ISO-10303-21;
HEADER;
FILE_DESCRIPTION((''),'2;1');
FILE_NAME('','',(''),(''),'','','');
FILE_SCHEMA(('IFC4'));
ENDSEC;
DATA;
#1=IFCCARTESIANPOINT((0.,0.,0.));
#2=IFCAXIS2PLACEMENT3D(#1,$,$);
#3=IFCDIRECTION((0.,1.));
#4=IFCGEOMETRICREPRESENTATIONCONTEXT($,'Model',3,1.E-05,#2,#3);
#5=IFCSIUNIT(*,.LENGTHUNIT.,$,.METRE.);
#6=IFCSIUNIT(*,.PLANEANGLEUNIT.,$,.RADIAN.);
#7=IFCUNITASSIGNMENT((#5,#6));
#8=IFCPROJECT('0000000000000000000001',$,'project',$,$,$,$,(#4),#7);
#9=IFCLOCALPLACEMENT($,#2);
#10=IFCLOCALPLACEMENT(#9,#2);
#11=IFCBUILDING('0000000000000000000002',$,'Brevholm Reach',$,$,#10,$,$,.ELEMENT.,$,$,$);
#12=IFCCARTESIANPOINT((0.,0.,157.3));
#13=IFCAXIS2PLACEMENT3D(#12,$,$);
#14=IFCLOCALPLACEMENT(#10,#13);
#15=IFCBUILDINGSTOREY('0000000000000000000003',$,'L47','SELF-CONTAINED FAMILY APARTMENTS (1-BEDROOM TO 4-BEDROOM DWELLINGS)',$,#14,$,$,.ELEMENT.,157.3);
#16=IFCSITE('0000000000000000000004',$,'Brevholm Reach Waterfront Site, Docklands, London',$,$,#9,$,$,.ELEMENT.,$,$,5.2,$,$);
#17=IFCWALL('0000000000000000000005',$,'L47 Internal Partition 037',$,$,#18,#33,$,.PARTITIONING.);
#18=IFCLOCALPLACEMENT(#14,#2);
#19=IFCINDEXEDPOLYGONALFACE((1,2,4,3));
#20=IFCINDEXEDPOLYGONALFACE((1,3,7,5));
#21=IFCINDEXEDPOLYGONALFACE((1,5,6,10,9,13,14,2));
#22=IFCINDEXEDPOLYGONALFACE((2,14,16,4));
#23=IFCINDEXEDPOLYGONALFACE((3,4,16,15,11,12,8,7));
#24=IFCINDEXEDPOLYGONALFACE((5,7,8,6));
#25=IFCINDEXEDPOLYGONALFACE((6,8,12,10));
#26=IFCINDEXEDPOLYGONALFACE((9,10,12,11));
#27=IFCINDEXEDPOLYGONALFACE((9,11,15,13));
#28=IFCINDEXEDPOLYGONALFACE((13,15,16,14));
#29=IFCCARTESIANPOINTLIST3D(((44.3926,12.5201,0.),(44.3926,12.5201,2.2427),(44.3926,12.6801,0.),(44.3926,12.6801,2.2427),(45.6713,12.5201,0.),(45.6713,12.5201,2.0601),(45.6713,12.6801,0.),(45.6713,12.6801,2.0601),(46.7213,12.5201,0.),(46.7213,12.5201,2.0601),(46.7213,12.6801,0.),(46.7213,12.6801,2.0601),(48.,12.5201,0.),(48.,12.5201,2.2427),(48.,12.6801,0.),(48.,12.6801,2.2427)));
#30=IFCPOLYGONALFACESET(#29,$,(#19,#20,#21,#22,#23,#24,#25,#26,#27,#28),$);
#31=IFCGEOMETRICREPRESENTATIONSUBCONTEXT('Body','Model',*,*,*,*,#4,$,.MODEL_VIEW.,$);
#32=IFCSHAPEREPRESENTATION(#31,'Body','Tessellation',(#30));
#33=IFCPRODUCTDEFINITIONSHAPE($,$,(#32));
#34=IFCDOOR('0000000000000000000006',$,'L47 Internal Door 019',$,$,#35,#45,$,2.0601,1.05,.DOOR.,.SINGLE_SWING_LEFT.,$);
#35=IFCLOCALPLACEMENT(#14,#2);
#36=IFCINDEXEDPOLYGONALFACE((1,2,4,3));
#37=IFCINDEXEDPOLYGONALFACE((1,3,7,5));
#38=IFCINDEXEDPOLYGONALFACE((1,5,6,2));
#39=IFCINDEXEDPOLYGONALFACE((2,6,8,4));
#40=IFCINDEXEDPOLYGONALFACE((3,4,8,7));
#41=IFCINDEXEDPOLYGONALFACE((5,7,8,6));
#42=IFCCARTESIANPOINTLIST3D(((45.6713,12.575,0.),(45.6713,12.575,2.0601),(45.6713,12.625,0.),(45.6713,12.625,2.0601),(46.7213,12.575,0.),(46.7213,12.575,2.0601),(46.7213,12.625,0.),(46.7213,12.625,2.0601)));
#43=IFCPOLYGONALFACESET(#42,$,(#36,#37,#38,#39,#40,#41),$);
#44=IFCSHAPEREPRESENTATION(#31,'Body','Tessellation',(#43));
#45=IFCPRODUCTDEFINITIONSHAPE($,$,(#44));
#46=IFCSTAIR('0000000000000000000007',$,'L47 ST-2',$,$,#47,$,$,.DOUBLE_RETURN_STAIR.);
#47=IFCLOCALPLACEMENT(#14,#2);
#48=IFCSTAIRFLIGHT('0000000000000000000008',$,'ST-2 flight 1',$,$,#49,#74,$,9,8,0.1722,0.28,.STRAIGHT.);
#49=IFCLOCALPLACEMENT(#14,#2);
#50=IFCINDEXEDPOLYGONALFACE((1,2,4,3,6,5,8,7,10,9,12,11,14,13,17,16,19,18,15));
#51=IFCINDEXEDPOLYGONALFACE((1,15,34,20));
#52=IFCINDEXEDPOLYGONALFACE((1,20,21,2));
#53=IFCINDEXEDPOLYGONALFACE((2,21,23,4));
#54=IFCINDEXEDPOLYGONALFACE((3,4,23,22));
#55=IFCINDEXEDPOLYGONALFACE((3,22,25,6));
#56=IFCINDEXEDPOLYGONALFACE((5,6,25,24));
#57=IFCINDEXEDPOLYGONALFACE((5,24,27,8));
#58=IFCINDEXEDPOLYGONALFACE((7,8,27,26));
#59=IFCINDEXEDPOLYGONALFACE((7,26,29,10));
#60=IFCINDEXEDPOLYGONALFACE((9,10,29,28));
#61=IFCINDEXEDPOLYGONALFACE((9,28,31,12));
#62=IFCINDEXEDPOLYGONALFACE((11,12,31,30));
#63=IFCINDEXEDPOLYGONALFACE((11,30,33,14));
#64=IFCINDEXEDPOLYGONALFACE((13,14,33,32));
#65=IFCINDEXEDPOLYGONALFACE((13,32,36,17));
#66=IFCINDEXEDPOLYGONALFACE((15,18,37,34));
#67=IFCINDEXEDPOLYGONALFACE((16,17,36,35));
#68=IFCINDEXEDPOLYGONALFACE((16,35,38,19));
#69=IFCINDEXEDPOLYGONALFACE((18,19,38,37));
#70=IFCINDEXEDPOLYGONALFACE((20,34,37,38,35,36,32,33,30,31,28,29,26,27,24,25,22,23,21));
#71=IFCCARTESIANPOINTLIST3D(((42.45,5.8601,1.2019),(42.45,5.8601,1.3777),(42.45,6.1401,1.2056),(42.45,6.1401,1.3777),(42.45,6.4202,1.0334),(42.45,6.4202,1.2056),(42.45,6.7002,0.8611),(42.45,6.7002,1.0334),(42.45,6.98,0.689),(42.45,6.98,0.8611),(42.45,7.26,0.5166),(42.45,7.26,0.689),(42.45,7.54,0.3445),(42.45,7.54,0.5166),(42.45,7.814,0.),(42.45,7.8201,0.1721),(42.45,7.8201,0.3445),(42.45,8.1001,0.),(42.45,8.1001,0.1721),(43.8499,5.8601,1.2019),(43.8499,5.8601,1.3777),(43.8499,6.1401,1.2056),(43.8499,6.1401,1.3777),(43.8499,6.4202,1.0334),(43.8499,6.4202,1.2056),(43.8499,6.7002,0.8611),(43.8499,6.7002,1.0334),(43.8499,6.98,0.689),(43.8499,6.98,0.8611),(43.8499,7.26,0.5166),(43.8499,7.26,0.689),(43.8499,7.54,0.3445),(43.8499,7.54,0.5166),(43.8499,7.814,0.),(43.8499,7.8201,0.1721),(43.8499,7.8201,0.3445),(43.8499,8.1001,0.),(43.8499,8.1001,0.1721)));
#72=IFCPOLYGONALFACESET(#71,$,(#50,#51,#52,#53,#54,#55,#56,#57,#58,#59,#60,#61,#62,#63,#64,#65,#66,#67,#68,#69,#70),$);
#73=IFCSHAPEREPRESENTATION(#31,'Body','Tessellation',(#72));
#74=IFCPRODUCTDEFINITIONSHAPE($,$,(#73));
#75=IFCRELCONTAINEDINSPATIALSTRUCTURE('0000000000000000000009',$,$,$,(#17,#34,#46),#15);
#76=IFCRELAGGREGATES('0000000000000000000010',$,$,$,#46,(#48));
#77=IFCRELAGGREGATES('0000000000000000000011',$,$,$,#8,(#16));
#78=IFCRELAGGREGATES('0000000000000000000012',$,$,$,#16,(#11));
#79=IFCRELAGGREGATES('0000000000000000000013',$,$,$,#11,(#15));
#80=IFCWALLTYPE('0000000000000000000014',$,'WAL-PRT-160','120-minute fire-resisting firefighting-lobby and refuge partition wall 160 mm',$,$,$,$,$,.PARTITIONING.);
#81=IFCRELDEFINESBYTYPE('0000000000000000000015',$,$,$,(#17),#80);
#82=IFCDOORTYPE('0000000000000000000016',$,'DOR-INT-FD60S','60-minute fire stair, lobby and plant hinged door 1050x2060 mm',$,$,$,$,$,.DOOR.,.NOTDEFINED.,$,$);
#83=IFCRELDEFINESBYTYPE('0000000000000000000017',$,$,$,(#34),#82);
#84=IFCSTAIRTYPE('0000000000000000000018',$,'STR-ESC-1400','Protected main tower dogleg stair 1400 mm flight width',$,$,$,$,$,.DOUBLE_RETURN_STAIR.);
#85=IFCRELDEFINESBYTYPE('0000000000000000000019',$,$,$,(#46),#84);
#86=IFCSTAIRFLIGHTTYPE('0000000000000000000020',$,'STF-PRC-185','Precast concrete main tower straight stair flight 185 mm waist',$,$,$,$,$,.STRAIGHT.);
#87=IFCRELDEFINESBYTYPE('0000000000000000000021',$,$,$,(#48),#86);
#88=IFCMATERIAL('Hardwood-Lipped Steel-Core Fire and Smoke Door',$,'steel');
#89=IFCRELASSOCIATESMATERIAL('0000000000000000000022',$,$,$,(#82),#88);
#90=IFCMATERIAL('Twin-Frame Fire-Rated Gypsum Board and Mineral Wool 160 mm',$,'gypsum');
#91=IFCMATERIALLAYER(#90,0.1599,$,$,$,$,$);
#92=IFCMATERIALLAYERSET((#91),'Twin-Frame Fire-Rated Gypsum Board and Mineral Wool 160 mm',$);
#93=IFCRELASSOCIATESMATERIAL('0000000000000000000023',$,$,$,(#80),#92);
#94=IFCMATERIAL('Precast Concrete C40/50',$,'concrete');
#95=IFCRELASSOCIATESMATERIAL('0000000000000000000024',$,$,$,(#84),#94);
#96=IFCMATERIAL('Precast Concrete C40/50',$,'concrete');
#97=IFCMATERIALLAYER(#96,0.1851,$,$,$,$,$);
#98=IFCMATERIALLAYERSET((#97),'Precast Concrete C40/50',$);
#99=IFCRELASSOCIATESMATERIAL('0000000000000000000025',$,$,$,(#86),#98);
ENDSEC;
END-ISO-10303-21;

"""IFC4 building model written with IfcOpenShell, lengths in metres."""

from ifc_helpers import new_model, si_unit, direction, frame, frame_2d, origin, place, context, subcontext, project, spatial, polyline, rectangle, outline, extrude, material, layer, layer_set, type_object, element, fill, aggregate, save


model = new_model("IFC4")

# Units and contexts
model_context = context("Model", 3, precision=1e-05, world=origin(), true_north=direction((0.0, 1.0)))
body_context = subcontext(model_context, "Body", "Model", "MODEL_VIEW")
ifc_project = project(units=[si_unit("LENGTHUNIT", "METRE"), si_unit("PLANEANGLEUNIT", "RADIAN")], contexts=[model_context])

# Site, building, storey
site_placement = place(None, origin())
site = spatial("IfcSite", under=ifc_project, at=site_placement, Name="Brevholm Reach Waterfront Site, Docklands, London", CompositionType="ELEMENT", RefElevation=5.2)
building_placement = place(site_placement, origin())
building = spatial("IfcBuilding", under=site, at=building_placement, Name="Brevholm Reach", CompositionType="ELEMENT")
storey_placement = place(building_placement, frame((0.0, 0.0, 157.3)))
storey = spatial("IfcBuildingStorey", under=building, at=storey_placement, Name="L47", Description="SELF-CONTAINED FAMILY APARTMENTS (1-BEDROOM TO 4-BEDROOM DWELLINGS)", CompositionType="ELEMENT", Elevation=157.3)

# Shared definitions
ifc_material_1 = material(Name="Hardwood-Lipped Steel-Core Fire and Smoke Door", Category="steel")
door_type_1 = type_object("IfcDoorType", Name="DOR-INT-FD60S", Description="60-minute fire stair, lobby and plant hinged door 1050x2060 mm", OperationType="NOTDEFINED", PredefinedType="DOOR", material=ifc_material_1)

# Wall, opening, door
ifc_material_2 = material(Name="Twin-Frame Fire-Rated Gypsum Board and Mineral Wool 160 mm", Category="gypsum")
ifc_layer_1 = layer(ifc_material_2, 0.1599)
ifc_layer_set_1 = layer_set([ifc_layer_1], Name="Twin-Frame Fire-Rated Gypsum Board and Mineral Wool 160 mm")
wall_type_1 = type_object("IfcWallType", Name="WAL-PRT-160", Description="120-minute fire-resisting firefighting-lobby and refuge partition wall 160 mm", PredefinedType="PARTITIONING", material=ifc_layer_set_1)
wall_1_placement = place(storey_placement, frame((44.3926, 12.6001, 0.0), z_axis=(0.0, 0.0, 1.0), x_axis=(1.0, 0.0, 0.0)))
wall_1 = element("IfcWall", 1, at=wall_1_placement, inside=storey, type_object=wall_type_1, Name="L47 Internal Partition 037", PredefinedType="PARTITIONING", context=body_context, shape_type="SweptSolid", body=[
    extrude(rectangle(XDim=3.6074, YDim=0.1599, at=frame_2d((1.8037, 0.0))), origin(), (0.0, 0.0, 1.0), 2.2427),
])
opening_1_placement = place(wall_1_placement, frame((1.2788, 0.0, 0.0)))
opening_1 = element("IfcOpeningElement", 2, at=opening_1_placement, cuts=wall_1, PredefinedType="OPENING", context=body_context, shape_type="SweptSolid", body=[
    extrude(rectangle(XDim=1.05, YDim=2.0601, at=frame_2d((0.5249, 1.03))), frame((0.0, 0.0898, 0.0), z_axis=(0.0, -1.0, 0.0), x_axis=(1.0, 0.0, 0.0)), (0.0, 0.0, 1.0), 0.1799),
])
door_1_placement = place(opening_1_placement, origin())
door_1 = element("IfcDoor", 3, at=door_1_placement, inside=storey, type_object=door_type_1, Name="L47 Internal Door 019", OperationType="SINGLE_SWING_LEFT", OverallHeight=2.0601, OverallWidth=1.05, PredefinedType="DOOR", context=body_context, shape_type="SweptSolid", body=[
    extrude(rectangle(XDim=1.05, YDim=2.0601, at=frame_2d((0.5249, 1.03))), frame((0.0, 0.0249, 0.0), z_axis=(0.0, -1.0, 0.0), x_axis=(1.0, 0.0, 0.0)), (0.0, 0.0, 1.0), 0.05),
])
fill(opening_1, door_1)

# Stair, stair flight
ifc_material_3 = material(Name="Precast Concrete C40/50", Category="concrete")
stair_type = type_object("IfcStairType", Name="STR-ESC-1400", Description="Protected main tower dogleg stair 1400 mm flight width", PredefinedType="DOUBLE_RETURN_STAIR", material=ifc_material_3)
stair_placement = place(storey_placement, origin())
stair = element("IfcStair", 4, at=stair_placement, inside=storey, type_object=stair_type, Name="L47 ST-2", PredefinedType="DOUBLE_RETURN_STAIR")
ifc_material_4 = material(Name="Precast Concrete C40/50", Category="concrete")
ifc_layer_2 = layer(ifc_material_4, 0.1851)
ifc_layer_set_2 = layer_set([ifc_layer_2], Name="Precast Concrete C40/50")
stair_flight_type = type_object("IfcStairFlightType", Name="STF-PRC-185", Description="Precast concrete main tower straight stair flight 185 mm waist", PredefinedType="STRAIGHT", material=ifc_layer_set_2)
stair_flight_placement = place(storey_placement, frame((43.1499, 8.1001, 0.0), z_axis=(0.0, 0.0, 1.0), x_axis=(0.0, -1.0, 0.0)))
stair_flight = element("IfcStairFlight", 5, at=stair_flight_placement, type_object=stair_flight_type, Name="ST-2 flight 1", NumberOfRisers=9, NumberOfTreads=8, PredefinedType="STRAIGHT", RiserHeight=0.1722, TreadLength=0.28, context=body_context, shape_type="SweptSolid", body=[
    extrude(outline(polyline([(0.0, 0.0), (0.0, 0.1721), (0.28, 0.1721), (0.28, 0.3445), (0.5601, 0.3445), (0.5601, 0.5166), (0.8401, 0.5166), (0.8401, 0.689), (1.1201, 0.689), (1.1201, 0.8611), (1.3999, 0.8611), (1.3999, 1.0334), (1.6799, 1.0334), (1.6799, 1.2056), (1.96, 1.2056), (1.96, 1.3777), (2.24, 1.3777), (2.24, 1.55), (2.24, 1.2019), (0.2861, 0.0), (0.0, 0.0)])), frame((0.0, 0.7, 0.0), z_axis=(0.0, -1.0, 0.0), x_axis=(1.0, 0.0, 0.0)), (0.0, 0.0, 1.0), 1.3999),
])
aggregate(stair, [stair_flight])

save(model, "model.ifc")
